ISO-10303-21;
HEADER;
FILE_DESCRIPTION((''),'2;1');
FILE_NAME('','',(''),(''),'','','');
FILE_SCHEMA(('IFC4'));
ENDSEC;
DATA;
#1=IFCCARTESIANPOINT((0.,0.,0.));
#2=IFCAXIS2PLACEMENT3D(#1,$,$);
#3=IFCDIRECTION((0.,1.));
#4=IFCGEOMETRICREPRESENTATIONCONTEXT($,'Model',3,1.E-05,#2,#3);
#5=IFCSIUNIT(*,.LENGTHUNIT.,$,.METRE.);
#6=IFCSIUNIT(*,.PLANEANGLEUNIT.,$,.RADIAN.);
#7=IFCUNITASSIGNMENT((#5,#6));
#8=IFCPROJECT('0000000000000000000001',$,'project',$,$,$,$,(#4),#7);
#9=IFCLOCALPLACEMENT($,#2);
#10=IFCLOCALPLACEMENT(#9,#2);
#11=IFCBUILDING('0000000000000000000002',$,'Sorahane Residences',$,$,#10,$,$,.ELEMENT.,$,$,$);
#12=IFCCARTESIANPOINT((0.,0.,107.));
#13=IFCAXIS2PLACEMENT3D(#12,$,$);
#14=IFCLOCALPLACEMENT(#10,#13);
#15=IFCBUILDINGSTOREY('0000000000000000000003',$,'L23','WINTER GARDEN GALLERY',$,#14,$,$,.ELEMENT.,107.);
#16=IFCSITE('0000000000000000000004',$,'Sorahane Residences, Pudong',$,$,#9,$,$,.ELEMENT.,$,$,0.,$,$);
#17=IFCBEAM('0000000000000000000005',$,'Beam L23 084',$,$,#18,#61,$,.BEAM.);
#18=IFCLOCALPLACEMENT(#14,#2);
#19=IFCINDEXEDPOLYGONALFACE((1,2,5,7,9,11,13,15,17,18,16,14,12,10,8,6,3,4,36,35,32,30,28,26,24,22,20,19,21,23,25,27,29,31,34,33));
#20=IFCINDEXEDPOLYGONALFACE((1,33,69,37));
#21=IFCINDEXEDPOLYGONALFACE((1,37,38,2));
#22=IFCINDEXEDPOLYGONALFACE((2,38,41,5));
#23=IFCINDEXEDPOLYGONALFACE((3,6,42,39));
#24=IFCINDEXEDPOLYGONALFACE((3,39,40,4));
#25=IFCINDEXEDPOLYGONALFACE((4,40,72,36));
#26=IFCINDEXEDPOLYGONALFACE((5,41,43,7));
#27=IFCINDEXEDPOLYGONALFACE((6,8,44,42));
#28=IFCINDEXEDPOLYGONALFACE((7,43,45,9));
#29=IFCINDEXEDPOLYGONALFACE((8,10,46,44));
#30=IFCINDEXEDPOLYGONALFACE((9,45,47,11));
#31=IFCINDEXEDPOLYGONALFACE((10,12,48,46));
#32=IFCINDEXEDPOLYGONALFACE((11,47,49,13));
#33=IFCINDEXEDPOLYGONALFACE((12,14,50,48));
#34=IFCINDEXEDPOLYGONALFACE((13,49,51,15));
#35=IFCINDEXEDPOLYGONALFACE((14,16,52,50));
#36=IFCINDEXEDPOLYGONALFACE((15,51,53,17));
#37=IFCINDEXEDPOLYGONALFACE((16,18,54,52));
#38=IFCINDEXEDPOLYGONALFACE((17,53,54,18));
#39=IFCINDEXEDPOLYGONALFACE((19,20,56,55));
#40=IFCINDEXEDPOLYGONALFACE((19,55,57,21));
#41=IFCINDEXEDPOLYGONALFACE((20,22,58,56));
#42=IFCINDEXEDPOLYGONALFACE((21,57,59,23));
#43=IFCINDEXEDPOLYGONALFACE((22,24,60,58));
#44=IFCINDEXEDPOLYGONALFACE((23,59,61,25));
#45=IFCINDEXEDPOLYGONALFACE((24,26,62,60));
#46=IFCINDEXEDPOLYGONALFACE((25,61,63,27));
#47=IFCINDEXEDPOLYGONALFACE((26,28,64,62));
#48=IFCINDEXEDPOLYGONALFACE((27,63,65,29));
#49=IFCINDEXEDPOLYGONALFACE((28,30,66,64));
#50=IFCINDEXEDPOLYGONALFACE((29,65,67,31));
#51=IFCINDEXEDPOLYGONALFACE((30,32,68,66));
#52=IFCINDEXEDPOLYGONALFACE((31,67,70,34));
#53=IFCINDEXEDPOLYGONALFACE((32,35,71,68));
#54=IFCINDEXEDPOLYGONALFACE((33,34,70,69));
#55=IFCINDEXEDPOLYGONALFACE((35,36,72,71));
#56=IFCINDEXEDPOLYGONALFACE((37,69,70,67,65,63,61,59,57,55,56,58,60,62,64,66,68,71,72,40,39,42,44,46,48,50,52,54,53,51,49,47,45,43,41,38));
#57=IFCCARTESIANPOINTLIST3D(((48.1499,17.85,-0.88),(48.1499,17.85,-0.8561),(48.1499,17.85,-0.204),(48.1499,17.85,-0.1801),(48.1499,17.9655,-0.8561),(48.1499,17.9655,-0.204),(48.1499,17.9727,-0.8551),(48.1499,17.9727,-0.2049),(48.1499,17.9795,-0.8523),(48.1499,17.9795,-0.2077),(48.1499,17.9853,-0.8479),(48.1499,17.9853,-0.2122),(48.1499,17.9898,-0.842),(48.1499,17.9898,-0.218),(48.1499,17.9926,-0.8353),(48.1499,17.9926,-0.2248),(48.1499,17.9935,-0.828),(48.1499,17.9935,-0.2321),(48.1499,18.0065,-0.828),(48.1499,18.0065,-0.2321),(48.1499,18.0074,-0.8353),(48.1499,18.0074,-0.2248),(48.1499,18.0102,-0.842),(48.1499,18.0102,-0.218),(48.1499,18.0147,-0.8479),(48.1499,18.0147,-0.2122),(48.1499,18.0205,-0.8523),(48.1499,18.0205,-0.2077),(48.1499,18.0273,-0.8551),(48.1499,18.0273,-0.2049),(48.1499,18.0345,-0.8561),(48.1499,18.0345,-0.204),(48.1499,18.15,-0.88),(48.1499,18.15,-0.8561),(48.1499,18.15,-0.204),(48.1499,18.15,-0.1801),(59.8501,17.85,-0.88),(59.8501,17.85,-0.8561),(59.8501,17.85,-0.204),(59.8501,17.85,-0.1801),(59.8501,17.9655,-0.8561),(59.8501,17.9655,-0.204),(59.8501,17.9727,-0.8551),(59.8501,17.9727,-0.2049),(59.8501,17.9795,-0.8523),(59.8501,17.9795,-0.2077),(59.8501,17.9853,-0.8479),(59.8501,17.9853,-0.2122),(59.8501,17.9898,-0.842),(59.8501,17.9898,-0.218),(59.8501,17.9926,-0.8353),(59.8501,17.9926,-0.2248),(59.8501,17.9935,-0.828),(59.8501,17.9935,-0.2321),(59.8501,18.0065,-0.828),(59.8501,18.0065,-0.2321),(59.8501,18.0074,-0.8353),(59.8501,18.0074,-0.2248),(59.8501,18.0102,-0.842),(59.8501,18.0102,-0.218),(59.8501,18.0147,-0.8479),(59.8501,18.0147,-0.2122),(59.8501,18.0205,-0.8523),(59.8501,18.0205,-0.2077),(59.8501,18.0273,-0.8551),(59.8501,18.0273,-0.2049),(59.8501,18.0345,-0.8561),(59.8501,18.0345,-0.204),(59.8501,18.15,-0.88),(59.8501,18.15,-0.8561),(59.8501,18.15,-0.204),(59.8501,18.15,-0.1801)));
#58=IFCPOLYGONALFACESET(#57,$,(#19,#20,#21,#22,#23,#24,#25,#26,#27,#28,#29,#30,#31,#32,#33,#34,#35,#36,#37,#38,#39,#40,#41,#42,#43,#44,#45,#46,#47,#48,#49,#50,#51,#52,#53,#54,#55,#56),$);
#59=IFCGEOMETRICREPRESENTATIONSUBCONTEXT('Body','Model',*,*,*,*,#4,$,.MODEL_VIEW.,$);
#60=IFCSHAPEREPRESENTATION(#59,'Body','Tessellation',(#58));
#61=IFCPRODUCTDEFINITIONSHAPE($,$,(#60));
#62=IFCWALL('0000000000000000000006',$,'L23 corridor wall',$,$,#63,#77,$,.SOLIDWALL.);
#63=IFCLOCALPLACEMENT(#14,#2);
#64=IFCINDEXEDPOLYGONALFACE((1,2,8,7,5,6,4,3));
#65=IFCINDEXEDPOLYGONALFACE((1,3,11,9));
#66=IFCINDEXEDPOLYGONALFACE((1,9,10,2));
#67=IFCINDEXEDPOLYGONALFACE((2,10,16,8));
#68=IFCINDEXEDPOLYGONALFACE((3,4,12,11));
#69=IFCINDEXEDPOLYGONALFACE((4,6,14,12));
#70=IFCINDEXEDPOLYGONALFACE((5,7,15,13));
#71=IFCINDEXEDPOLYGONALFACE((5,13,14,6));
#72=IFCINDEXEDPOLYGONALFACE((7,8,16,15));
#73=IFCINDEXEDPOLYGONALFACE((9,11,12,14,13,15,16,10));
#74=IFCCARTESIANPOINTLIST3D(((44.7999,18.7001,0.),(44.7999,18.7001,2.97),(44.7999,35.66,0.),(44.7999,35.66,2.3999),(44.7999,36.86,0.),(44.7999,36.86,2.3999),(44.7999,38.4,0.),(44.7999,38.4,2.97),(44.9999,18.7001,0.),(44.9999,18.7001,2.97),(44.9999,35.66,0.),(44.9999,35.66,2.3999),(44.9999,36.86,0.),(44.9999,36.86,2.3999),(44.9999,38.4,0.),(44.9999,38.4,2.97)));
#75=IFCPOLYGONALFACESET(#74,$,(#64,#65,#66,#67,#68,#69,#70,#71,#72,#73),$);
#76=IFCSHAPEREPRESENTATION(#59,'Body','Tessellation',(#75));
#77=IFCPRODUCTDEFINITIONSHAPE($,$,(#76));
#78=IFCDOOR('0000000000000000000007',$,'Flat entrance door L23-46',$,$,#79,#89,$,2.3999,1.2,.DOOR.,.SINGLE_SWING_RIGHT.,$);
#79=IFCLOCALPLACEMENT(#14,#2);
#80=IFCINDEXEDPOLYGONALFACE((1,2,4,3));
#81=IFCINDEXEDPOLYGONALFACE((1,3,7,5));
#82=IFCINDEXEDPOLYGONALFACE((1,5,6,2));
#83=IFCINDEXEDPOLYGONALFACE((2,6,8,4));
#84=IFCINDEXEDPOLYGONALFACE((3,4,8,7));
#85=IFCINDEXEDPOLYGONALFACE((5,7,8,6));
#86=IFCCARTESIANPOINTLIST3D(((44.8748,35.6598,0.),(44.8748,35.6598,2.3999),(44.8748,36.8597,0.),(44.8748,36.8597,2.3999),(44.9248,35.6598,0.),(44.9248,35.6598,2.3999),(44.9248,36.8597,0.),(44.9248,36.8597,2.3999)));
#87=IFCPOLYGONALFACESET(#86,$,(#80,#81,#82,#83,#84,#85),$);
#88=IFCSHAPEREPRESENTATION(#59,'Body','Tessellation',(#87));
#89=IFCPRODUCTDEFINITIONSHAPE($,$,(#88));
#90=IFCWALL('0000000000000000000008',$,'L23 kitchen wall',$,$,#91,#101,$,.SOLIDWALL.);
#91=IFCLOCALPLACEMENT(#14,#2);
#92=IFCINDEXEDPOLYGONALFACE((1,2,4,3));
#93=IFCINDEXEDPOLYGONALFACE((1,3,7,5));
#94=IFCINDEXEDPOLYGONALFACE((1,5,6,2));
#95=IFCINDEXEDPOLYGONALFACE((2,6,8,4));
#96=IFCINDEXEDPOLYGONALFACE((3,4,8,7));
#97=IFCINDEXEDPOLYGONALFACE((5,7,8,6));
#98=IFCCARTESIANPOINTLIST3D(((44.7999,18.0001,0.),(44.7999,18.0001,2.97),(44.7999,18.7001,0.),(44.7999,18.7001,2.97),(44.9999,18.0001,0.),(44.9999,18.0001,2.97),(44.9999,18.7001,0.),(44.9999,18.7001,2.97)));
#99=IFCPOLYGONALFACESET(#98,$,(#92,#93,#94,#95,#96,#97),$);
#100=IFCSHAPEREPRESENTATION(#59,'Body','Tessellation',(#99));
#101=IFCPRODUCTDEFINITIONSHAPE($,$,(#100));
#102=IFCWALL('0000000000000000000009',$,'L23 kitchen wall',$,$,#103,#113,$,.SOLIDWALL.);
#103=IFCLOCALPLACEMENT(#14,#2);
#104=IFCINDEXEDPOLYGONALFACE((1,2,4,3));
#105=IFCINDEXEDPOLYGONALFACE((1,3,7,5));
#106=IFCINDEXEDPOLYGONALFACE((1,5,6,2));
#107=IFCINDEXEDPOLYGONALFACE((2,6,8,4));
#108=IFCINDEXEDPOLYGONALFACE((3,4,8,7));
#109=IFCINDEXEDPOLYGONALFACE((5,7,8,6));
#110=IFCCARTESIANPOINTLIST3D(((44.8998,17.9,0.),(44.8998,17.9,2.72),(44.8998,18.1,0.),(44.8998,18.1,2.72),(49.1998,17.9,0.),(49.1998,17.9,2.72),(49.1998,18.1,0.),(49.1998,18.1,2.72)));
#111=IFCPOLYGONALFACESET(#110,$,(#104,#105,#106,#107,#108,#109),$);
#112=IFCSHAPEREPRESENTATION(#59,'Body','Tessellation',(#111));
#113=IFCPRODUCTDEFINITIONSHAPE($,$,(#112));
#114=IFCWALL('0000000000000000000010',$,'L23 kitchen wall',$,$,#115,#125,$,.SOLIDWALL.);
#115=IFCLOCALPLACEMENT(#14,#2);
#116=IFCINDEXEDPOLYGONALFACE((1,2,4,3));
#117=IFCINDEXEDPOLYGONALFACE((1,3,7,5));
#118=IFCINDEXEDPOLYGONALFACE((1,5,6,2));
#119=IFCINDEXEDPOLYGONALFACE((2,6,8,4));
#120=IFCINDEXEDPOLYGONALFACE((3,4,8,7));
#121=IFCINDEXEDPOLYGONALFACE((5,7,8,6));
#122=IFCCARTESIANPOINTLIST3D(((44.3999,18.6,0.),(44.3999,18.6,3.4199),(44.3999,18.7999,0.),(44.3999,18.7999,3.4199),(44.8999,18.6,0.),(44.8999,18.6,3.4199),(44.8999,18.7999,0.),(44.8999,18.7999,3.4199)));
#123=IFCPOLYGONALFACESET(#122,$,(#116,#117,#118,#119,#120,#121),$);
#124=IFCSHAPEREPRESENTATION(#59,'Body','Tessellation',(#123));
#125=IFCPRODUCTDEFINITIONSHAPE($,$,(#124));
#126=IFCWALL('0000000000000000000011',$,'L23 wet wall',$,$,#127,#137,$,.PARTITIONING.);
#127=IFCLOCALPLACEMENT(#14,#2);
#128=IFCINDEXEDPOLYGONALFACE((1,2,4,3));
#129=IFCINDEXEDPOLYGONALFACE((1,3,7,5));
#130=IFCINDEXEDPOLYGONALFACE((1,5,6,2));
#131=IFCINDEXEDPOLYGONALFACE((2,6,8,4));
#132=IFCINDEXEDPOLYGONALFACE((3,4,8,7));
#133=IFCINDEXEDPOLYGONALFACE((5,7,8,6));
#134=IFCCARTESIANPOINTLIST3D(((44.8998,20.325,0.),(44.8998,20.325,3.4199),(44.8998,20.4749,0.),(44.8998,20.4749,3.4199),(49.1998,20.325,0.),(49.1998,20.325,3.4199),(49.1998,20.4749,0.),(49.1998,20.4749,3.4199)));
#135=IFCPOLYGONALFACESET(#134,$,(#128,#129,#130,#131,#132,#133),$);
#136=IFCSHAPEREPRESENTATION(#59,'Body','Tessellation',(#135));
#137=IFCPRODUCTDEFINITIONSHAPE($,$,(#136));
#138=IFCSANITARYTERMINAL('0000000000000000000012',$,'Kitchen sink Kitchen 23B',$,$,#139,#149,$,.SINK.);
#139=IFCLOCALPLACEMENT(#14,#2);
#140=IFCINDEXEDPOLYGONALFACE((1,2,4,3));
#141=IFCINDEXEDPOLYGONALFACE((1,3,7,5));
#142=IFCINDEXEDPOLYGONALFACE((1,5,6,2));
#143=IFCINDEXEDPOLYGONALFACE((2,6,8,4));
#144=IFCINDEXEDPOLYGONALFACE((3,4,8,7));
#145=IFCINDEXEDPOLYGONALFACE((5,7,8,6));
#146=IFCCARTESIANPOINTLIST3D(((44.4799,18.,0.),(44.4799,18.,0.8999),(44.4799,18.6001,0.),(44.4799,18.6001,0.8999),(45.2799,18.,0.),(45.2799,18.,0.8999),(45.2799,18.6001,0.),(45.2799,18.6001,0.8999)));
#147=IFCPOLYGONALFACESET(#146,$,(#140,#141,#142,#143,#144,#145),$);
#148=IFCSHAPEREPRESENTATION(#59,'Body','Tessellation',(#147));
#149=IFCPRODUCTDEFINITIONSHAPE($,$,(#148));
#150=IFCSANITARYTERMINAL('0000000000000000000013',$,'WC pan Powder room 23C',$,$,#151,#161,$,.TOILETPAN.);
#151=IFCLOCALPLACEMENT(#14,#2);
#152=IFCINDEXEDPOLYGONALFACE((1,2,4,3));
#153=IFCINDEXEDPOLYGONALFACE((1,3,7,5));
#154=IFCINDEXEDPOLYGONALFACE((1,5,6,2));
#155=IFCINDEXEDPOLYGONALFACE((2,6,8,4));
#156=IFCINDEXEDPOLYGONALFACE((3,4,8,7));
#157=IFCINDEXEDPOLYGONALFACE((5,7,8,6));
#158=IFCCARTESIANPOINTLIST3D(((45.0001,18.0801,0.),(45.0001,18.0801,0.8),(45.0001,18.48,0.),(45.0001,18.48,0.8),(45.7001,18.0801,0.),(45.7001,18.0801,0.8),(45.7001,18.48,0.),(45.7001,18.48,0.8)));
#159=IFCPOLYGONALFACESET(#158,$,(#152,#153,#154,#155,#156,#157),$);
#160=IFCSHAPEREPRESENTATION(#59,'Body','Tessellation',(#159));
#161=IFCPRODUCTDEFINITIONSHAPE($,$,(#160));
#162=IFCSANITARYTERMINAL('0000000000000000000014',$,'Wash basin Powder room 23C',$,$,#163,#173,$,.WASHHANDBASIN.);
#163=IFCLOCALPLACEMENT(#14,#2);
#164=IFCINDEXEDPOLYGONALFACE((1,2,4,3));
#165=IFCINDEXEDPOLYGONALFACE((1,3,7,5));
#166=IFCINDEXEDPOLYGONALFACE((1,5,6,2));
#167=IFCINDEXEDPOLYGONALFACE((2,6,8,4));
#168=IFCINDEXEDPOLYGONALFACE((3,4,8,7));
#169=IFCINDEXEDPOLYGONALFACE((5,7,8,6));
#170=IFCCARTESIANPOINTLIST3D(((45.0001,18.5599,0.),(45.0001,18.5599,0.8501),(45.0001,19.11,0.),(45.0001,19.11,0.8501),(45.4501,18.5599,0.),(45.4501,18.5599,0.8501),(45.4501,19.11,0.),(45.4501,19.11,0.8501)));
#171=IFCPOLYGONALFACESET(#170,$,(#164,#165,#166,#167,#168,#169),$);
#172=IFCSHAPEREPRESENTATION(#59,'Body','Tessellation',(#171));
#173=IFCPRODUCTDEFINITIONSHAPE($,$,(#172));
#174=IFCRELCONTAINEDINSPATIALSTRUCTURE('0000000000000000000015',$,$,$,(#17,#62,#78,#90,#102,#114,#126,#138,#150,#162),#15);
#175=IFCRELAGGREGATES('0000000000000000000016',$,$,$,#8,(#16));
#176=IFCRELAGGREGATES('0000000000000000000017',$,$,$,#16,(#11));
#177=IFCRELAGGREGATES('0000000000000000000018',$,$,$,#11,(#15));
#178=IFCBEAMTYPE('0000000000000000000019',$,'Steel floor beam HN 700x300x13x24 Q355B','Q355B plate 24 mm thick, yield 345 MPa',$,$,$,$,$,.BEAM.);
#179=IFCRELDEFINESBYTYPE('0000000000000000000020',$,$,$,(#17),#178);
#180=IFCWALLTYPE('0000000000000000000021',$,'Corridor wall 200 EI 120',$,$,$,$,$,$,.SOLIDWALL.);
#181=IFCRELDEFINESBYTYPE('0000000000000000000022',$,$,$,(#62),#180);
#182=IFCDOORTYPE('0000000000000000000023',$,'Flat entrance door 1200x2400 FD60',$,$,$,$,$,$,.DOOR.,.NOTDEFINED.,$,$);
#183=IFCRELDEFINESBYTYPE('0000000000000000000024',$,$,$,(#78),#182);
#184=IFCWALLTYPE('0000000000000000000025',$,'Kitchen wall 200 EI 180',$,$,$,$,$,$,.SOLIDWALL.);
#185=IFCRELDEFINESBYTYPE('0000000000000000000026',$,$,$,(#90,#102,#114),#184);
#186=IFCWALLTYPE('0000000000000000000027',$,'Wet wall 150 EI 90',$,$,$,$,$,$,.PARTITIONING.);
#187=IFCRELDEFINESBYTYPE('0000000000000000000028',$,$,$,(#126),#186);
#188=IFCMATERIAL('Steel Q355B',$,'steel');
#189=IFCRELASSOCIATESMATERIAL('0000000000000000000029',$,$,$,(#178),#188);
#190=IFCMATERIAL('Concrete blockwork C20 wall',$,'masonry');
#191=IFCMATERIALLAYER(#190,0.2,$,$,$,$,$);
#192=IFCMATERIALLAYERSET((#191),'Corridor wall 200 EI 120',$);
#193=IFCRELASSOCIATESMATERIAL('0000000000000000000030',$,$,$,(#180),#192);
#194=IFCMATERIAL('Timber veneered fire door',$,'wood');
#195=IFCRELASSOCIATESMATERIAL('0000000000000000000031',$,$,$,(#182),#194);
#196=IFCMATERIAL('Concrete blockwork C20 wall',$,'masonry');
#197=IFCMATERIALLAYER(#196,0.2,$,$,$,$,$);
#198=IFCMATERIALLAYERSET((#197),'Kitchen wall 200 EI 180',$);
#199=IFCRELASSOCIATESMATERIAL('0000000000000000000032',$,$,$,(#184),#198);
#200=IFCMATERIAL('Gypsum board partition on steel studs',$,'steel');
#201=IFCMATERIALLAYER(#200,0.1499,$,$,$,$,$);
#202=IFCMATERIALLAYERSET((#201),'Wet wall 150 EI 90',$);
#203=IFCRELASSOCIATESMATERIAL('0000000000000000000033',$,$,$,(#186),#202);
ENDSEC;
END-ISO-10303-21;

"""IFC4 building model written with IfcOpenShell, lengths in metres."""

from ifc_helpers import new_model, si_unit, direction, frame, frame_2d, origin, origin_2d, place, context, subcontext, project, spatial, rectangle, i_section, extrude, material, layer, layer_set, material_profile, profile_set, type_object, element, fill, save


model = new_model("IFC4")

# Units and contexts
model_context = context("Model", 3, precision=1e-05, world=origin(), true_north=direction((0.0, 1.0)))
body_context = subcontext(model_context, "Body", "Model", "MODEL_VIEW")
ifc_project = project(units=[si_unit("LENGTHUNIT", "METRE"), si_unit("PLANEANGLEUNIT", "RADIAN")], contexts=[model_context])

# Site, building, storey
site_placement = place(None, origin())
site = spatial("IfcSite", under=ifc_project, at=site_placement, Name="Sorahane Residences, Pudong", CompositionType="ELEMENT", RefElevation=0.0)
building_placement = place(site_placement, origin())
building = spatial("IfcBuilding", under=site, at=building_placement, Name="Sorahane Residences", CompositionType="ELEMENT")
storey_placement = place(building_placement, frame((0.0, 0.0, 107.0)))
storey = spatial("IfcBuildingStorey", under=building, at=storey_placement, Name="L23", Description="WINTER GARDEN GALLERY", CompositionType="ELEMENT", Elevation=107.0)

# Beam
ifc_material_1 = material(Name="Steel Q355B", Category="steel")
ifc_material_profile_1 = material_profile(ifc_material_1, i_section(OverallWidth=0.3, OverallDepth=0.7, WebThickness=0.0129, FlangeThickness=0.0239, FilletRadius=0.0281, at=origin_2d()), Name="HN 700x300x13x24")
ifc_profile_set_1 = profile_set([ifc_material_profile_1], Name="Steel Q355B")
beam_type = type_object("IfcBeamType", Name="Steel floor beam HN 700x300x13x24 Q355B", Description="Q355B plate 24 mm thick, yield 345 MPa", PredefinedType="BEAM", material=ifc_profile_set_1)
beam_1_placement = place(storey_placement, frame((48.1499, 18.0, -0.53), z_axis=(1.0, 0.0, 0.0), x_axis=(0.0, 1.0, 0.0)))
element("IfcBeam", 1, at=beam_1_placement, inside=storey, type_object=beam_type, Name="Beam L23 084", PredefinedType="BEAM", context=body_context, shape_type="SweptSolid", body=[
    extrude(i_section(OverallWidth=0.3, OverallDepth=0.7, WebThickness=0.0129, FlangeThickness=0.0239, FilletRadius=0.0281, at=origin_2d()), origin(), (0.0, 0.0, 1.0), 11.7002),
])

# Wall, opening, door
ifc_material_2 = material(Name="Concrete blockwork C20 wall", Category="masonry")
ifc_layer_1 = layer(ifc_material_2, 0.2)
ifc_layer_set_1 = layer_set([ifc_layer_1], Name="Corridor wall 200 EI 120")
wall_type_1 = type_object("IfcWallType", Name="Corridor wall 200 EI 120", PredefinedType="SOLIDWALL", material=ifc_layer_set_1)
wall_1_placement = place(storey_placement, frame((44.8999, 18.7, 0.0), z_axis=(0.0, 0.0, 1.0), x_axis=(0.0, 1.0, 0.0)))
wall_1 = element("IfcWall", 2, at=wall_1_placement, inside=storey, type_object=wall_type_1, Name="L23 corridor wall", PredefinedType="SOLIDWALL", context=body_context, shape_type="SweptSolid", body=[
    extrude(rectangle(XDim=19.7, YDim=0.2, at=frame_2d((9.8501, 0.0))), origin(), (0.0, 0.0, 1.0), 2.97),
])
opening_placement = place(wall_1_placement, frame((16.96, 0.0, 0.0)))
opening = element("IfcOpeningElement", 3, at=opening_placement, cuts=wall_1, PredefinedType="OPENING", context=body_context, shape_type="SweptSolid", body=[
    extrude(rectangle(XDim=1.2, YDim=2.3999, at=frame_2d((0.6001, 1.2))), frame((0.0, 0.1099, 0.0), z_axis=(0.0, -1.0, 0.0), x_axis=(1.0, 0.0, 0.0)), (0.0, 0.0, 1.0), 0.22),
])
ifc_material_3 = material(Name="Timber veneered fire door", Category="wood")
door_type = type_object("IfcDoorType", Name="Flat entrance door 1200x2400 FD60", OperationType="NOTDEFINED", PredefinedType="DOOR", material=ifc_material_3)
door_placement = place(opening_placement, frame((1.2, 0.0, 0.0), z_axis=(0.0, 0.0, 1.0), x_axis=(-1.0, 0.0, 0.0)))
door = element("IfcDoor", 4, at=door_placement, inside=storey, type_object=door_type, Name="Flat entrance door L23-46", OperationType="SINGLE_SWING_RIGHT", OverallHeight=2.3999, OverallWidth=1.2, PredefinedType="DOOR", context=body_context, shape_type="SweptSolid", body=[
    extrude(rectangle(XDim=1.2, YDim=2.3999, at=frame_2d((0.6001, 1.2))), frame((0.0, 0.0249, 0.0), z_axis=(0.0, -1.0, 0.0), x_axis=(1.0, 0.0, 0.0)), (0.0, 0.0, 1.0), 0.05),
])
fill(opening, door)

# Walls
ifc_material_4 = material(Name="Concrete blockwork C20 wall", Category="masonry")
ifc_layer_2 = layer(ifc_material_4, 0.2)
ifc_layer_set_2 = layer_set([ifc_layer_2], Name="Kitchen wall 200 EI 180")
wall_type_2 = type_object("IfcWallType", Name="Kitchen wall 200 EI 180", PredefinedType="SOLIDWALL", material=ifc_layer_set_2)
wall_2_placement = place(storey_placement, frame((44.8999, 18.0, 0.0), z_axis=(0.0, 0.0, 1.0), x_axis=(0.0, 1.0, 0.0)))
element("IfcWall", 5, at=wall_2_placement, inside=storey, type_object=wall_type_2, Name="L23 kitchen wall", PredefinedType="SOLIDWALL", context=body_context, shape_type="SweptSolid", body=[
    extrude(rectangle(XDim=0.7, YDim=0.2, at=frame_2d((0.3501, 0.0))), origin(), (0.0, 0.0, 1.0), 2.97),
])
wall_3_placement = place(storey_placement, frame((44.8999, 18.0, 0.0), z_axis=(0.0, 0.0, 1.0), x_axis=(1.0, 0.0, 0.0)))
element("IfcWall", 6, at=wall_3_placement, inside=storey, type_object=wall_type_2, Name="L23 kitchen wall", PredefinedType="SOLIDWALL", context=body_context, shape_type="SweptSolid", body=[
    extrude(rectangle(XDim=4.3, YDim=0.2, at=frame_2d((2.1499, 0.0))), origin(), (0.0, 0.0, 1.0), 2.72),
])
wall_4_placement = place(storey_placement, frame((44.3999, 18.7, 0.0), z_axis=(0.0, 0.0, 1.0), x_axis=(1.0, 0.0, 0.0)))
element("IfcWall", 7, at=wall_4_placement, inside=storey, type_object=wall_type_2, Name="L23 kitchen wall", PredefinedType="SOLIDWALL", context=body_context, shape_type="SweptSolid", body=[
    extrude(rectangle(XDim=0.5, YDim=0.2, at=frame_2d((0.25, 0.0))), origin(), (0.0, 0.0, 1.0), 3.4199),
])
ifc_material_5 = material(Name="Gypsum board partition on steel studs", Category="steel")
ifc_layer_3 = layer(ifc_material_5, 0.1499)
ifc_layer_set_3 = layer_set([ifc_layer_3], Name="Wet wall 150 EI 90")
wall_type_3 = type_object("IfcWallType", Name="Wet wall 150 EI 90", PredefinedType="PARTITIONING", material=ifc_layer_set_3)
wall_5_placement = place(storey_placement, frame((44.8999, 20.3999, 0.0), z_axis=(0.0, 0.0, 1.0), x_axis=(1.0, 0.0, 0.0)))
element("IfcWall", 8, at=wall_5_placement, inside=storey, type_object=wall_type_3, Name="L23 wet wall", PredefinedType="PARTITIONING", context=body_context, shape_type="SweptSolid", body=[
    extrude(rectangle(XDim=4.3, YDim=0.1499, at=frame_2d((2.1499, 0.0))), origin(), (0.0, 0.0, 1.0), 3.4199),
])

# Sanitary terminals
sanitary_terminal_1_placement = place(storey_placement, frame((44.8799, 18.3, 0.0), z_axis=(0.0, 0.0, 1.0), x_axis=(1.0, 0.0, 0.0)))
element("IfcSanitaryTerminal", 9, at=sanitary_terminal_1_placement, inside=storey, Name="Kitchen sink Kitchen 23B", PredefinedType="SINK", context=body_context, shape_type="SweptSolid", body=[
    extrude(rectangle(XDim=0.8, YDim=0.6001, at=origin_2d()), origin(), (0.0, 0.0, 1.0), 0.8999),
])
sanitary_terminal_2_placement = place(storey_placement, frame((45.3501, 18.28, 0.0), z_axis=(0.0, 0.0, 1.0), x_axis=(0.0, 1.0, 0.0)))
element("IfcSanitaryTerminal", 10, at=sanitary_terminal_2_placement, inside=storey, Name="WC pan Powder room 23C", PredefinedType="TOILETPAN", context=body_context, shape_type="SweptSolid", body=[
    extrude(rectangle(XDim=0.3999, YDim=0.7, at=origin_2d()), origin(), (0.0, 0.0, 1.0), 0.8),
])
sanitary_terminal_3_placement = place(storey_placement, frame((45.2251, 18.835, 0.0), z_axis=(0.0, 0.0, 1.0), x_axis=(0.0, 1.0, 0.0)))
element("IfcSanitaryTerminal", 11, at=sanitary_terminal_3_placement, inside=storey, Name="Wash basin Powder room 23C", PredefinedType="WASHHANDBASIN", context=body_context, shape_type="SweptSolid", body=[
    extrude(rectangle(XDim=0.55, YDim=0.45, at=origin_2d()), origin(), (0.0, 0.0, 1.0), 0.8501),
])

save(model, "model.ifc")
